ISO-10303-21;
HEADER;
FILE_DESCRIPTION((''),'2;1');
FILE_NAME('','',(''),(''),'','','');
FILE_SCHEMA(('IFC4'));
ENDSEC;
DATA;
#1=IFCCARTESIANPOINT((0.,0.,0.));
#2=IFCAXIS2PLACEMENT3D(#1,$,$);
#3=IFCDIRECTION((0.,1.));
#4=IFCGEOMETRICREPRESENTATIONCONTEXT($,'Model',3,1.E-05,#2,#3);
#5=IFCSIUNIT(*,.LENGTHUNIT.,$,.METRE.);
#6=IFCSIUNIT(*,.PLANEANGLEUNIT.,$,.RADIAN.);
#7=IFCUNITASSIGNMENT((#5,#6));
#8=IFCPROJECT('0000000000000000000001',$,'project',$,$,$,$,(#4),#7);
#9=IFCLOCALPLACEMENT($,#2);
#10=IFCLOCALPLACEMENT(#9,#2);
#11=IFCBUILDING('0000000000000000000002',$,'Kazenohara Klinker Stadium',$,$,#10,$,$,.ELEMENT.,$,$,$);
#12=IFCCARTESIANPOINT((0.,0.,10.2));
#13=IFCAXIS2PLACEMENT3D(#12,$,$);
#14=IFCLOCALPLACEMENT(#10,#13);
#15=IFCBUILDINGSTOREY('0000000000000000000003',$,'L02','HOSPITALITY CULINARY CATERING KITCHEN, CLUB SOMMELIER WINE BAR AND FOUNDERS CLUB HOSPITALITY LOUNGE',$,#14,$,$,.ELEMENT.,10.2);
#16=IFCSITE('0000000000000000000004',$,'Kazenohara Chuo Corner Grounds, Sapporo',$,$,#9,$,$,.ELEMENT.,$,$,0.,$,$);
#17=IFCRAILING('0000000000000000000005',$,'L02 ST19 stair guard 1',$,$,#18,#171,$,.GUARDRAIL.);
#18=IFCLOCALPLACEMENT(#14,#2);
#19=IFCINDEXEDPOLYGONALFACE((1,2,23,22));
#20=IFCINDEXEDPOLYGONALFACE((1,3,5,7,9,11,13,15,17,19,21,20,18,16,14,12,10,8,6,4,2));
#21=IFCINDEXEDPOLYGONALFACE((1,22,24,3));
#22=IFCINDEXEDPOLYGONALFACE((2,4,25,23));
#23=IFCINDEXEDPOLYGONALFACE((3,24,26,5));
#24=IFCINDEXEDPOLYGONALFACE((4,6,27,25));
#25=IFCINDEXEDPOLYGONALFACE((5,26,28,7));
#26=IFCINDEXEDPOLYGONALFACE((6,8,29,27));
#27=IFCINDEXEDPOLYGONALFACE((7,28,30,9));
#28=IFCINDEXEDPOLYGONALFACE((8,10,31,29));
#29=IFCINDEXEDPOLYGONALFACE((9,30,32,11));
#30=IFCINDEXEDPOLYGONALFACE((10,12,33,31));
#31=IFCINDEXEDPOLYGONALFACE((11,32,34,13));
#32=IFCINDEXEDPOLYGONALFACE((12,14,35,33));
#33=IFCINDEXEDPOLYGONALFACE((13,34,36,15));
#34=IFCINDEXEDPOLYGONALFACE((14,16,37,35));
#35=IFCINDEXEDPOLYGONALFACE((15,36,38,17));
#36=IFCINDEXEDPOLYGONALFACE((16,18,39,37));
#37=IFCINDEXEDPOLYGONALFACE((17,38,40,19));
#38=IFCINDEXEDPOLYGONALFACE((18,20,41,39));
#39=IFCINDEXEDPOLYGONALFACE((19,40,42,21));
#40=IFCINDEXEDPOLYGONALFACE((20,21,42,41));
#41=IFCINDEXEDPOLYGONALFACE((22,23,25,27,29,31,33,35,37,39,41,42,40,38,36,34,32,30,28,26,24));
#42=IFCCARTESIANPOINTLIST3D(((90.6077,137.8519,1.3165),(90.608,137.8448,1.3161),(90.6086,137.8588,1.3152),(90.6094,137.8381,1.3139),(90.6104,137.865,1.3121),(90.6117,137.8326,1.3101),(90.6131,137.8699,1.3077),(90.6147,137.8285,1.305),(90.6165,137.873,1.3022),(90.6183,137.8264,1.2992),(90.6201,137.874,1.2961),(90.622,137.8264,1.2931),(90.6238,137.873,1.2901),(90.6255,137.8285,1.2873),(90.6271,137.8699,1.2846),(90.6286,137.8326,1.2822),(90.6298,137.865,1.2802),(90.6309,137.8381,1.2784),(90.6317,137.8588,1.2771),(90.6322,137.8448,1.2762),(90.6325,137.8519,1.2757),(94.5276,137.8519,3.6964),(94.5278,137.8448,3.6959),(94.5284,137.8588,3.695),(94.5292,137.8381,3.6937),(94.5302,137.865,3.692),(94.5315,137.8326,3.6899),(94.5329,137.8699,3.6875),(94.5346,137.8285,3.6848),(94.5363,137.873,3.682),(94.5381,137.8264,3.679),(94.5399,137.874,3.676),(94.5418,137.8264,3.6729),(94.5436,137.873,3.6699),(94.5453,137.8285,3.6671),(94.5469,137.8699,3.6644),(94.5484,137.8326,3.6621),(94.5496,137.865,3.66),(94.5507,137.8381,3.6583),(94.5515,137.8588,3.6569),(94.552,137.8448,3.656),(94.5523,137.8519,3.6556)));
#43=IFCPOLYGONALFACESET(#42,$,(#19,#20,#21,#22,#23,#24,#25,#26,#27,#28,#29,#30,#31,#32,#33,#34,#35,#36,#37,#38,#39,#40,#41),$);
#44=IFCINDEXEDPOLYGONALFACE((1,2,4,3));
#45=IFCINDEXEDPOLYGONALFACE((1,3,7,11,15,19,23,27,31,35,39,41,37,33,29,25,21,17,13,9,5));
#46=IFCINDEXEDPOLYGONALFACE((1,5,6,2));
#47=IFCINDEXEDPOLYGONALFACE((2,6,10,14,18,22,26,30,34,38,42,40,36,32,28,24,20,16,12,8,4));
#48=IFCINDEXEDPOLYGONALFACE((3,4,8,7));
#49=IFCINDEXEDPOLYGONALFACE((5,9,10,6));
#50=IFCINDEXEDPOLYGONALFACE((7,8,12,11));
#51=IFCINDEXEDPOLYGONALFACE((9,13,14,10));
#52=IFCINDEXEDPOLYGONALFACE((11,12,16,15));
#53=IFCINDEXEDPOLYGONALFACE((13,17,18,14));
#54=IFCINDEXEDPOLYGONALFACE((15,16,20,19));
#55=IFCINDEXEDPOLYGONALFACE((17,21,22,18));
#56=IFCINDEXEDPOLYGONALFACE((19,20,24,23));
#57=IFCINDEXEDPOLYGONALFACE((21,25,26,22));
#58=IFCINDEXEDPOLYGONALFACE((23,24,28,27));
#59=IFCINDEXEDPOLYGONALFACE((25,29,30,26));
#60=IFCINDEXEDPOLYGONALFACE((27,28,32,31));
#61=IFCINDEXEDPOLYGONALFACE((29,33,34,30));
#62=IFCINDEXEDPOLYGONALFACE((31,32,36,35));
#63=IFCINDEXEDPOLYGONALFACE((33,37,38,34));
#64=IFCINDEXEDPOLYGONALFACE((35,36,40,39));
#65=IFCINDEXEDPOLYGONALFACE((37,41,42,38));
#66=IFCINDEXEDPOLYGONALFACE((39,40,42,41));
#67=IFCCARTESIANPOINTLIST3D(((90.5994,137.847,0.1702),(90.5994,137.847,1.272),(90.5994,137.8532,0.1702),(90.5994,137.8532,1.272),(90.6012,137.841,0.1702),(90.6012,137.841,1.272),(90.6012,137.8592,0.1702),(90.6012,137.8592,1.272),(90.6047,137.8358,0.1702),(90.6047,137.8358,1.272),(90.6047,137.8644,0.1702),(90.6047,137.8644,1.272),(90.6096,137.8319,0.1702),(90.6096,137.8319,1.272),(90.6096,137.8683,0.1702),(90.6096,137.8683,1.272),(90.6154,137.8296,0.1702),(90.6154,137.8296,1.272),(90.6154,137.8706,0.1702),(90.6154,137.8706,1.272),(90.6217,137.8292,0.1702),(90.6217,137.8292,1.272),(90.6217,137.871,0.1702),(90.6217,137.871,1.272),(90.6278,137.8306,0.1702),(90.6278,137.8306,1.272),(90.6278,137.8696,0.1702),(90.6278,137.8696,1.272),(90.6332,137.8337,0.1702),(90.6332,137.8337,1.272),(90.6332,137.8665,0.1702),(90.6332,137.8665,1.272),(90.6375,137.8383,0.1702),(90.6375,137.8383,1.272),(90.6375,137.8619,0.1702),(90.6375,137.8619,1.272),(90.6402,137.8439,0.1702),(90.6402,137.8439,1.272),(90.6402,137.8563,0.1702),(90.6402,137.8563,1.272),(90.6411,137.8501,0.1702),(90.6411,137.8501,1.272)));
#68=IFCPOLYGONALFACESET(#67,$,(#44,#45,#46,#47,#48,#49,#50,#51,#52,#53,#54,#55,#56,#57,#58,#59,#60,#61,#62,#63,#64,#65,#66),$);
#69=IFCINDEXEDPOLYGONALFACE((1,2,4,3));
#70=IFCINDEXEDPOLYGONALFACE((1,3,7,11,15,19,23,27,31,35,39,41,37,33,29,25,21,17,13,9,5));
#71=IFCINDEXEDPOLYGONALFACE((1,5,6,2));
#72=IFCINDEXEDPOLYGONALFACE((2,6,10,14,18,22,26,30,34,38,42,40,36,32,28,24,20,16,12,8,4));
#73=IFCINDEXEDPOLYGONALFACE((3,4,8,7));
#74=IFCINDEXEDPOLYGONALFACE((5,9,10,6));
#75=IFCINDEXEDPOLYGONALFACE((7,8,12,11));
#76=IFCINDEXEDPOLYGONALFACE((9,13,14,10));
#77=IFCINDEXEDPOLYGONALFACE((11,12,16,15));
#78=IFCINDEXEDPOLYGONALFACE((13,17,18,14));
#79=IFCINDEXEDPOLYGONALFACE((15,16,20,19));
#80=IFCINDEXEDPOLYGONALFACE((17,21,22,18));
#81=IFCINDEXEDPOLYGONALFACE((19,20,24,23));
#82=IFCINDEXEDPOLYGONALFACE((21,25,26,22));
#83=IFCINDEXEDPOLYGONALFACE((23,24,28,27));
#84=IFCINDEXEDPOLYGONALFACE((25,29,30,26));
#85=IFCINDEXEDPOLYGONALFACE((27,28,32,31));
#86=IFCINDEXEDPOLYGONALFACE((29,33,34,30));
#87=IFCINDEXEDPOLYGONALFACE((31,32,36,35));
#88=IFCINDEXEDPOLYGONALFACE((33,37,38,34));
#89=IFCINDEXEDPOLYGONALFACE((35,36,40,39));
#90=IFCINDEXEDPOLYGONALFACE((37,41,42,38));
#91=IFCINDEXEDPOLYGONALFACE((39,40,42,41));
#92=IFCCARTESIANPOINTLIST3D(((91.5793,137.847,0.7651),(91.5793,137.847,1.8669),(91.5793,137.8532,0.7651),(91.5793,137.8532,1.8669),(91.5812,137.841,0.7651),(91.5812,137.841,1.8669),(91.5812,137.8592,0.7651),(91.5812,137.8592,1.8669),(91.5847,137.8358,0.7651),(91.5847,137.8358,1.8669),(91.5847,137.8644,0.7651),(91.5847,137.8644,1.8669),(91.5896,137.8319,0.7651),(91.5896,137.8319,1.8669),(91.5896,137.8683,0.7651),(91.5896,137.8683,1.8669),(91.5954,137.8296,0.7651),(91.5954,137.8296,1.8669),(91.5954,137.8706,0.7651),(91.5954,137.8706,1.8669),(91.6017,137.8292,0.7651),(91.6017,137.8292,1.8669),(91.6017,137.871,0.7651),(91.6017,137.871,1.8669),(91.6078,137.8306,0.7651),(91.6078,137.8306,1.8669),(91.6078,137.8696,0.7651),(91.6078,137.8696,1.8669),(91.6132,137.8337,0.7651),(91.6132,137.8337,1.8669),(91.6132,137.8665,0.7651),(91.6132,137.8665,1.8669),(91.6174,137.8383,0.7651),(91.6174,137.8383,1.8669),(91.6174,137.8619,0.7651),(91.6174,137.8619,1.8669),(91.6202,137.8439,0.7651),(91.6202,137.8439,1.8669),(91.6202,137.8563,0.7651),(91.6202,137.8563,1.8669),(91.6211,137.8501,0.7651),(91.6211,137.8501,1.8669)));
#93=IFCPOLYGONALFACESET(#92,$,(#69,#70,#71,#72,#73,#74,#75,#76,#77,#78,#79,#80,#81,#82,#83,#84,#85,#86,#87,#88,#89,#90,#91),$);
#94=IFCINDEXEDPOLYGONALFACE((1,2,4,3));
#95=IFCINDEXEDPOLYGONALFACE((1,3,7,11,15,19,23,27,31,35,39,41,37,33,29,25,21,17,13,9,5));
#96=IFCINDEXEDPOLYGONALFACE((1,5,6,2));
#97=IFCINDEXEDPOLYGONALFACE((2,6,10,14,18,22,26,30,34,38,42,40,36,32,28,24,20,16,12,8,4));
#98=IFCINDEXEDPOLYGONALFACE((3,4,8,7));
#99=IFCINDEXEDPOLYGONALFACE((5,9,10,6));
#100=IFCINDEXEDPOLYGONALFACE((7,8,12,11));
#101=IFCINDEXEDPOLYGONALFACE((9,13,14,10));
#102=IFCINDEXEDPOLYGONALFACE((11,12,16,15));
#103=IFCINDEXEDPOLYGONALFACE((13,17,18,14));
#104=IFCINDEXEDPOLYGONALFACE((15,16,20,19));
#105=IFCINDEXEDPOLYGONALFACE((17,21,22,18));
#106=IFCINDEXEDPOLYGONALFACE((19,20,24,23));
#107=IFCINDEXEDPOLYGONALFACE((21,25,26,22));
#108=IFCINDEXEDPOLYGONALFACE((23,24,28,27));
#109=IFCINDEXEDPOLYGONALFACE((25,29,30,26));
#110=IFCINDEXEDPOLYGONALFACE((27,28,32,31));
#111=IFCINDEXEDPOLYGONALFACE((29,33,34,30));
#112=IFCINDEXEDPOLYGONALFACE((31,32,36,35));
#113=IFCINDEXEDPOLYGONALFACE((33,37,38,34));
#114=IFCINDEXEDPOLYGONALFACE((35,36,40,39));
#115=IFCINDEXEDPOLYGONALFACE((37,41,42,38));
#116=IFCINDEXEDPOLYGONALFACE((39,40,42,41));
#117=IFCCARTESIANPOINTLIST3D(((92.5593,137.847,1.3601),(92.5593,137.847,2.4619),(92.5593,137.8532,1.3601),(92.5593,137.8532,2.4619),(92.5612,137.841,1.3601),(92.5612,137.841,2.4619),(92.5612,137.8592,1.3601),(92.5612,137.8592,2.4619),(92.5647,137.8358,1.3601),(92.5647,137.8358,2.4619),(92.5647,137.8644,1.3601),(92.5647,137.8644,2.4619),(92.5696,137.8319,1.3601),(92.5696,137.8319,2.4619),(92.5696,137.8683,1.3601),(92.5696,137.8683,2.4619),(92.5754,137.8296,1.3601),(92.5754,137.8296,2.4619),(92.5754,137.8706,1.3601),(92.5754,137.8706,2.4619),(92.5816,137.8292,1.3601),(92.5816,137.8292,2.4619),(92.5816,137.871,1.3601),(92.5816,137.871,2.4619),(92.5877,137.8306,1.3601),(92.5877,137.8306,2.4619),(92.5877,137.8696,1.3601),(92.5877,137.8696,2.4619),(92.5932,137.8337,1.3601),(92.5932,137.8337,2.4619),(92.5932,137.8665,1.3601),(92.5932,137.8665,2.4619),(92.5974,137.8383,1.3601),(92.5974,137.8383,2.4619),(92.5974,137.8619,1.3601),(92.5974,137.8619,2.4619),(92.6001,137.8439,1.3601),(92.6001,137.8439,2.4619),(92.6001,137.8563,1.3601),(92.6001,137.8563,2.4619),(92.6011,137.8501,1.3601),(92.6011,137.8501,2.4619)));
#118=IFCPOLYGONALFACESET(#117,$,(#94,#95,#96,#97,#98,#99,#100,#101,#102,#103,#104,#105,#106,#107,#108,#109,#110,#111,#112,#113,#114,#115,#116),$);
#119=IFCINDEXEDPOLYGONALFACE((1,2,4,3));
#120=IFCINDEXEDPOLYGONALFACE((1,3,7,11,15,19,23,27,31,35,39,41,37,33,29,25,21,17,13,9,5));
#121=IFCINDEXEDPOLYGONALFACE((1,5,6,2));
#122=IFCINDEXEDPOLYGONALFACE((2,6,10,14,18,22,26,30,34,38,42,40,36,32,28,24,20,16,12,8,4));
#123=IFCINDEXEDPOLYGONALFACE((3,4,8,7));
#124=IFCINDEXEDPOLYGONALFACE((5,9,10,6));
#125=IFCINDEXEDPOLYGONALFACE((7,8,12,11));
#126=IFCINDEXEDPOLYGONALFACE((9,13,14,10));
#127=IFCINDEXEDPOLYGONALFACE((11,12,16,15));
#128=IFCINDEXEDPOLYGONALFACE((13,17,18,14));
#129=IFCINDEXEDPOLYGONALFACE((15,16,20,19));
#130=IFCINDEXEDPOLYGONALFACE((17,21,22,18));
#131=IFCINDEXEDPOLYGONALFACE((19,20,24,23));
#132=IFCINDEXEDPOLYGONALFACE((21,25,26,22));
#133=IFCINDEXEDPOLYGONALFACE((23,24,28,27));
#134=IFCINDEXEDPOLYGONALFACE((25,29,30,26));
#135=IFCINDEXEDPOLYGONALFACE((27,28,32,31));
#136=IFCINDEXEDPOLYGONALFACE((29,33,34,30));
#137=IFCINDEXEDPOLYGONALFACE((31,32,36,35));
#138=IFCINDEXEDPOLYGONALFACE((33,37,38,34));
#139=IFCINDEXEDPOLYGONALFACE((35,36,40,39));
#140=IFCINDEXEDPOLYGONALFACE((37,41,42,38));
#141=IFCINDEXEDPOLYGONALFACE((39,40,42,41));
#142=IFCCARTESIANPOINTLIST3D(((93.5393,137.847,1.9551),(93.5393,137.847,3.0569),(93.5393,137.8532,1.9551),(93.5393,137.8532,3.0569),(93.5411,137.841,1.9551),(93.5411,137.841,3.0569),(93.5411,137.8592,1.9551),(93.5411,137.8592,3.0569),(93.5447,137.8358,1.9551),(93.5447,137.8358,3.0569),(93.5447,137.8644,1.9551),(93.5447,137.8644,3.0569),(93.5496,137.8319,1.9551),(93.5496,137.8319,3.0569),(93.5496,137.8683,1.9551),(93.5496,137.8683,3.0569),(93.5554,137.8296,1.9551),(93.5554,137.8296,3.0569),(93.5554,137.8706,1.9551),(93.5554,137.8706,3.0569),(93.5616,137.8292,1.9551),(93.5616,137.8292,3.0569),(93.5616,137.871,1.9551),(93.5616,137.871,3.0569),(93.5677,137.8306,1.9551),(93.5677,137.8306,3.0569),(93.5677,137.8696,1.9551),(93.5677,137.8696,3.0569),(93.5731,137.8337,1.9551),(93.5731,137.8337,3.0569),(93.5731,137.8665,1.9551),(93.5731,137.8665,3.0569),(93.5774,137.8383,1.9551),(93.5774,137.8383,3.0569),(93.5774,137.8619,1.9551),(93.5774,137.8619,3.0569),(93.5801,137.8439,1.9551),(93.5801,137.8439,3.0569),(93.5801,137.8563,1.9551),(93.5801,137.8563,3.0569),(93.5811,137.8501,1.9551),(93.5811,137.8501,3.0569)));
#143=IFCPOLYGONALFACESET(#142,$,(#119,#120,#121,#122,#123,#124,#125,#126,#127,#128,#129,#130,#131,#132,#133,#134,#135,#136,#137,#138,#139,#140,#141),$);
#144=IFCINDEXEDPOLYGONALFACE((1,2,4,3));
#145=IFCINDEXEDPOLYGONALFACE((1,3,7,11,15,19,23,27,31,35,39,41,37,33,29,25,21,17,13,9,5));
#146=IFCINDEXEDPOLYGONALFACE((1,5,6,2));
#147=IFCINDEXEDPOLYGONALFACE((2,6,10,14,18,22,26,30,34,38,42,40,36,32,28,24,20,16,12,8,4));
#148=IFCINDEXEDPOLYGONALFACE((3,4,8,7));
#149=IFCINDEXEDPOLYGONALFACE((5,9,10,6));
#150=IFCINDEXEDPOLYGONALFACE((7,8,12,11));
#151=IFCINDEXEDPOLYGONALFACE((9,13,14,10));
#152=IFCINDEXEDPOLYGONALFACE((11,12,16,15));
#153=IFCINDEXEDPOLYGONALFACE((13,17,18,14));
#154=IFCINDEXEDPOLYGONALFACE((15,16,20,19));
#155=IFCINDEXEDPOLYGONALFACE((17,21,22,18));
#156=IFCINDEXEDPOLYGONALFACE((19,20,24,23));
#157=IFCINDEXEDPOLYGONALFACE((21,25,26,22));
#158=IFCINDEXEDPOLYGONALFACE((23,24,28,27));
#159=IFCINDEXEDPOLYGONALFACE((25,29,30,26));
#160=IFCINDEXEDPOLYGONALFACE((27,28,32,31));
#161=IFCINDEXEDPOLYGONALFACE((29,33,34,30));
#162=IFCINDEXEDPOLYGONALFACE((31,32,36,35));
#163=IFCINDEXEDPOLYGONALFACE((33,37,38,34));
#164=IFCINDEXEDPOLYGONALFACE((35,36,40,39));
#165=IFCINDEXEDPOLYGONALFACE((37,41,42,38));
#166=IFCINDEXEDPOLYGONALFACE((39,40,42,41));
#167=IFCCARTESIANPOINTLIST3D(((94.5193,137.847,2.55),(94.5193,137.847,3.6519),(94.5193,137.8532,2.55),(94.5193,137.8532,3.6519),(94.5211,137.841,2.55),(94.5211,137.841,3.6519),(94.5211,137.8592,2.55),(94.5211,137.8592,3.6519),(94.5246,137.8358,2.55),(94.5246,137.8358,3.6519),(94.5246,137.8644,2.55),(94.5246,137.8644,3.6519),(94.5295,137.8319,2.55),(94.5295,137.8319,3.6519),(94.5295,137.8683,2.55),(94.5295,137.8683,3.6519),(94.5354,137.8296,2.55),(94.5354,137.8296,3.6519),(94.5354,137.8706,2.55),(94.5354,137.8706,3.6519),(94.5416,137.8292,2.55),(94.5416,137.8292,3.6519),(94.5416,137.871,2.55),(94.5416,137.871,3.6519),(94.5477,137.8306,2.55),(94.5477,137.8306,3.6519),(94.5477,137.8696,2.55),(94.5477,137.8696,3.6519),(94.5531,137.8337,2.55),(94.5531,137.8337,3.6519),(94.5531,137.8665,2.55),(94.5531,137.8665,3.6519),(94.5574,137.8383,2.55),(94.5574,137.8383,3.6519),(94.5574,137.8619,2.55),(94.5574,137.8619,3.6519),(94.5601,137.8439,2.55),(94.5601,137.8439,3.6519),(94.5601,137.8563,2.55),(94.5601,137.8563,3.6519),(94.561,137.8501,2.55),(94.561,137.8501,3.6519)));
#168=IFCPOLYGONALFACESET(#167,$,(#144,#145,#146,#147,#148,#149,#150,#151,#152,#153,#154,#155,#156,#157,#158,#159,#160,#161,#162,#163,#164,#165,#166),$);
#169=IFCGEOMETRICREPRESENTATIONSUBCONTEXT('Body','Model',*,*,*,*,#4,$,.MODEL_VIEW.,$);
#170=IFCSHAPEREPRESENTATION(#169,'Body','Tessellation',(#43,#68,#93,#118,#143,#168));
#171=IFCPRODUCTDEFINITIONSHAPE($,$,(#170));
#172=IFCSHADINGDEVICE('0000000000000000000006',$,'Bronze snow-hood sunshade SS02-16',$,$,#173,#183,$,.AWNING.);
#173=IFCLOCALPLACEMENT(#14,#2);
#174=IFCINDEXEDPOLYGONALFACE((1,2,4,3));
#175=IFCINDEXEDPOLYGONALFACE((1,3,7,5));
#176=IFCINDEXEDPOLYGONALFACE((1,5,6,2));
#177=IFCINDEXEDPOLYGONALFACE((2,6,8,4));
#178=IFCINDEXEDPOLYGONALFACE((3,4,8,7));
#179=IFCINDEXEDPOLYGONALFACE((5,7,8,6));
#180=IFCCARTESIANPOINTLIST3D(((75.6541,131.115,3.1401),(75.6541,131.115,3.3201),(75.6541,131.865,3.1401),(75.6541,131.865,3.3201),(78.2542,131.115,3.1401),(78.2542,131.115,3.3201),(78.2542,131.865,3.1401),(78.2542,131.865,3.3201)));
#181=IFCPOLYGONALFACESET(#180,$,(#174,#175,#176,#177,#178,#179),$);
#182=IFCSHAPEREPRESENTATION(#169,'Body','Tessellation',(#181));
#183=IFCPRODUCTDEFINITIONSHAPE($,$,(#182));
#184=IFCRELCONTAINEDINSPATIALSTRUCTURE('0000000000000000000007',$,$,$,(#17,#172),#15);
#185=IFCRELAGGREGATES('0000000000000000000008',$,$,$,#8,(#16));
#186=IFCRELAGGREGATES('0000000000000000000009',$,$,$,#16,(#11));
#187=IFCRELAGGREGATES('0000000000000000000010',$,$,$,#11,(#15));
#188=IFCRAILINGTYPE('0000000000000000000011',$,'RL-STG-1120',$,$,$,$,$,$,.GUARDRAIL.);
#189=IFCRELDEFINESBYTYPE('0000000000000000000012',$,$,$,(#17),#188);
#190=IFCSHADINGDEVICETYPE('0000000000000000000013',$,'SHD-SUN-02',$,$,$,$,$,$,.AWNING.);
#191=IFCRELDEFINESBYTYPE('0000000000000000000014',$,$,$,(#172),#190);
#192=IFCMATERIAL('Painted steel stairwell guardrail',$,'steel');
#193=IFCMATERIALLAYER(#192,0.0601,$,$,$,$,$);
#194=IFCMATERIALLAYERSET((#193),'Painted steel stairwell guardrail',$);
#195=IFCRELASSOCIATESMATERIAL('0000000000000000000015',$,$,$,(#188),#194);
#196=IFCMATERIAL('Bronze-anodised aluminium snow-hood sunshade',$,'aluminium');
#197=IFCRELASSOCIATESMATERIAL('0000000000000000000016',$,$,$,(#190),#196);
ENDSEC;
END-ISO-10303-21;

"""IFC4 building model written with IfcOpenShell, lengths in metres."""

from ifc_helpers import new_model, si_unit, direction, frame, origin, origin_2d, place, context, subcontext, project, spatial, rectangle, circle, extrude, material, layer, layer_set, type_object, element, save


model = new_model("IFC4")

# Units and contexts
model_context = context("Model", 3, precision=1e-05, world=origin(), true_north=direction((0.0, 1.0)))
body_context = subcontext(model_context, "Body", "Model", "MODEL_VIEW")
ifc_project = project(units=[si_unit("LENGTHUNIT", "METRE"), si_unit("PLANEANGLEUNIT", "RADIAN")], contexts=[model_context])

# Site, building, storey
site_placement = place(None, origin())
site = spatial("IfcSite", under=ifc_project, at=site_placement, Name="Kazenohara Chuo Corner Grounds, Sapporo", CompositionType="ELEMENT", RefElevation=0.0)
building_placement = place(site_placement, origin())
building = spatial("IfcBuilding", under=site, at=building_placement, Name="Kazenohara Klinker Stadium", CompositionType="ELEMENT")
storey_placement = place(building_placement, frame((0.0, 0.0, 10.2)))
storey = spatial("IfcBuildingStorey", under=building, at=storey_placement, Name="L02", Description="HOSPITALITY CULINARY CATERING KITCHEN, CLUB SOMMELIER WINE BAR AND FOUNDERS CLUB HOSPITALITY LOUNGE", CompositionType="ELEMENT", Elevation=10.2)

# Railing
ifc_material_1 = material(Name="Painted steel stairwell guardrail", Category="steel")
ifc_layer_1 = layer(ifc_material_1, 0.0601)
ifc_layer_set_1 = layer_set([ifc_layer_1], Name="Painted steel stairwell guardrail")
railing_type_1 = type_object("IfcRailingType", Name="RL-STG-1120", PredefinedType="GUARDRAIL", material=ifc_layer_set_1)
railing_1_placement = place(storey_placement, frame((90.6201, 137.8501, 0.1702)))
element("IfcRailing", 1, at=railing_1_placement, inside=storey, type_object=railing_type_1, Name="L02 ST19 stair guard 1", PredefinedType="GUARDRAIL", context=body_context, shape_type="SweptSolid", body=[
    extrude(circle(Radius=0.0239, at=origin_2d()), frame((0.0, 0.0, 1.126), z_axis=(0.854794, 0.0, 0.518967), x_axis=(0.0, 1.0, 0.0)), (0.0, 0.0, 1.0), 4.5857),
    extrude(circle(Radius=0.021, at=origin_2d()), origin(), (0.0, 0.0, 1.0), 1.1018),
    extrude(circle(Radius=0.021, at=origin_2d()), frame((0.98, 0.0, 0.595)), (0.0, 0.0, 1.0), 1.1018),
    extrude(circle(Radius=0.021, at=origin_2d()), frame((1.96, 0.0, 1.1899)), (0.0, 0.0, 1.0), 1.1018),
    extrude(circle(Radius=0.021, at=origin_2d()), frame((2.9399, 0.0, 1.7849)), (0.0, 0.0, 1.0), 1.1018),
    extrude(circle(Radius=0.021, at=origin_2d()), frame((3.9199, 0.0, 2.3799)), (0.0, 0.0, 1.0), 1.1018),
])

# Shading device
ifc_material_2 = material(Name="Bronze-anodised aluminium snow-hood sunshade", Category="aluminium")
shading_device_type = type_object("IfcShadingDeviceType", Name="SHD-SUN-02", PredefinedType="AWNING", material=ifc_material_2)
shading_device_placement = place(storey_placement, frame((76.9541, 131.49, 3.1401), z_axis=(0.0, 0.0, 1.0), x_axis=(1.0, 0.0, 0.0)))
element("IfcShadingDevice", 2, at=shading_device_placement, inside=storey, type_object=shading_device_type, Name="Bronze snow-hood sunshade SS02-16", PredefinedType="AWNING", context=body_context, shape_type="SweptSolid", body=[
    extrude(rectangle(XDim=2.6001, YDim=0.75, at=origin_2d()), origin(), (0.0, 0.0, 1.0), 0.1799),
])

save(model, "model.ifc")
